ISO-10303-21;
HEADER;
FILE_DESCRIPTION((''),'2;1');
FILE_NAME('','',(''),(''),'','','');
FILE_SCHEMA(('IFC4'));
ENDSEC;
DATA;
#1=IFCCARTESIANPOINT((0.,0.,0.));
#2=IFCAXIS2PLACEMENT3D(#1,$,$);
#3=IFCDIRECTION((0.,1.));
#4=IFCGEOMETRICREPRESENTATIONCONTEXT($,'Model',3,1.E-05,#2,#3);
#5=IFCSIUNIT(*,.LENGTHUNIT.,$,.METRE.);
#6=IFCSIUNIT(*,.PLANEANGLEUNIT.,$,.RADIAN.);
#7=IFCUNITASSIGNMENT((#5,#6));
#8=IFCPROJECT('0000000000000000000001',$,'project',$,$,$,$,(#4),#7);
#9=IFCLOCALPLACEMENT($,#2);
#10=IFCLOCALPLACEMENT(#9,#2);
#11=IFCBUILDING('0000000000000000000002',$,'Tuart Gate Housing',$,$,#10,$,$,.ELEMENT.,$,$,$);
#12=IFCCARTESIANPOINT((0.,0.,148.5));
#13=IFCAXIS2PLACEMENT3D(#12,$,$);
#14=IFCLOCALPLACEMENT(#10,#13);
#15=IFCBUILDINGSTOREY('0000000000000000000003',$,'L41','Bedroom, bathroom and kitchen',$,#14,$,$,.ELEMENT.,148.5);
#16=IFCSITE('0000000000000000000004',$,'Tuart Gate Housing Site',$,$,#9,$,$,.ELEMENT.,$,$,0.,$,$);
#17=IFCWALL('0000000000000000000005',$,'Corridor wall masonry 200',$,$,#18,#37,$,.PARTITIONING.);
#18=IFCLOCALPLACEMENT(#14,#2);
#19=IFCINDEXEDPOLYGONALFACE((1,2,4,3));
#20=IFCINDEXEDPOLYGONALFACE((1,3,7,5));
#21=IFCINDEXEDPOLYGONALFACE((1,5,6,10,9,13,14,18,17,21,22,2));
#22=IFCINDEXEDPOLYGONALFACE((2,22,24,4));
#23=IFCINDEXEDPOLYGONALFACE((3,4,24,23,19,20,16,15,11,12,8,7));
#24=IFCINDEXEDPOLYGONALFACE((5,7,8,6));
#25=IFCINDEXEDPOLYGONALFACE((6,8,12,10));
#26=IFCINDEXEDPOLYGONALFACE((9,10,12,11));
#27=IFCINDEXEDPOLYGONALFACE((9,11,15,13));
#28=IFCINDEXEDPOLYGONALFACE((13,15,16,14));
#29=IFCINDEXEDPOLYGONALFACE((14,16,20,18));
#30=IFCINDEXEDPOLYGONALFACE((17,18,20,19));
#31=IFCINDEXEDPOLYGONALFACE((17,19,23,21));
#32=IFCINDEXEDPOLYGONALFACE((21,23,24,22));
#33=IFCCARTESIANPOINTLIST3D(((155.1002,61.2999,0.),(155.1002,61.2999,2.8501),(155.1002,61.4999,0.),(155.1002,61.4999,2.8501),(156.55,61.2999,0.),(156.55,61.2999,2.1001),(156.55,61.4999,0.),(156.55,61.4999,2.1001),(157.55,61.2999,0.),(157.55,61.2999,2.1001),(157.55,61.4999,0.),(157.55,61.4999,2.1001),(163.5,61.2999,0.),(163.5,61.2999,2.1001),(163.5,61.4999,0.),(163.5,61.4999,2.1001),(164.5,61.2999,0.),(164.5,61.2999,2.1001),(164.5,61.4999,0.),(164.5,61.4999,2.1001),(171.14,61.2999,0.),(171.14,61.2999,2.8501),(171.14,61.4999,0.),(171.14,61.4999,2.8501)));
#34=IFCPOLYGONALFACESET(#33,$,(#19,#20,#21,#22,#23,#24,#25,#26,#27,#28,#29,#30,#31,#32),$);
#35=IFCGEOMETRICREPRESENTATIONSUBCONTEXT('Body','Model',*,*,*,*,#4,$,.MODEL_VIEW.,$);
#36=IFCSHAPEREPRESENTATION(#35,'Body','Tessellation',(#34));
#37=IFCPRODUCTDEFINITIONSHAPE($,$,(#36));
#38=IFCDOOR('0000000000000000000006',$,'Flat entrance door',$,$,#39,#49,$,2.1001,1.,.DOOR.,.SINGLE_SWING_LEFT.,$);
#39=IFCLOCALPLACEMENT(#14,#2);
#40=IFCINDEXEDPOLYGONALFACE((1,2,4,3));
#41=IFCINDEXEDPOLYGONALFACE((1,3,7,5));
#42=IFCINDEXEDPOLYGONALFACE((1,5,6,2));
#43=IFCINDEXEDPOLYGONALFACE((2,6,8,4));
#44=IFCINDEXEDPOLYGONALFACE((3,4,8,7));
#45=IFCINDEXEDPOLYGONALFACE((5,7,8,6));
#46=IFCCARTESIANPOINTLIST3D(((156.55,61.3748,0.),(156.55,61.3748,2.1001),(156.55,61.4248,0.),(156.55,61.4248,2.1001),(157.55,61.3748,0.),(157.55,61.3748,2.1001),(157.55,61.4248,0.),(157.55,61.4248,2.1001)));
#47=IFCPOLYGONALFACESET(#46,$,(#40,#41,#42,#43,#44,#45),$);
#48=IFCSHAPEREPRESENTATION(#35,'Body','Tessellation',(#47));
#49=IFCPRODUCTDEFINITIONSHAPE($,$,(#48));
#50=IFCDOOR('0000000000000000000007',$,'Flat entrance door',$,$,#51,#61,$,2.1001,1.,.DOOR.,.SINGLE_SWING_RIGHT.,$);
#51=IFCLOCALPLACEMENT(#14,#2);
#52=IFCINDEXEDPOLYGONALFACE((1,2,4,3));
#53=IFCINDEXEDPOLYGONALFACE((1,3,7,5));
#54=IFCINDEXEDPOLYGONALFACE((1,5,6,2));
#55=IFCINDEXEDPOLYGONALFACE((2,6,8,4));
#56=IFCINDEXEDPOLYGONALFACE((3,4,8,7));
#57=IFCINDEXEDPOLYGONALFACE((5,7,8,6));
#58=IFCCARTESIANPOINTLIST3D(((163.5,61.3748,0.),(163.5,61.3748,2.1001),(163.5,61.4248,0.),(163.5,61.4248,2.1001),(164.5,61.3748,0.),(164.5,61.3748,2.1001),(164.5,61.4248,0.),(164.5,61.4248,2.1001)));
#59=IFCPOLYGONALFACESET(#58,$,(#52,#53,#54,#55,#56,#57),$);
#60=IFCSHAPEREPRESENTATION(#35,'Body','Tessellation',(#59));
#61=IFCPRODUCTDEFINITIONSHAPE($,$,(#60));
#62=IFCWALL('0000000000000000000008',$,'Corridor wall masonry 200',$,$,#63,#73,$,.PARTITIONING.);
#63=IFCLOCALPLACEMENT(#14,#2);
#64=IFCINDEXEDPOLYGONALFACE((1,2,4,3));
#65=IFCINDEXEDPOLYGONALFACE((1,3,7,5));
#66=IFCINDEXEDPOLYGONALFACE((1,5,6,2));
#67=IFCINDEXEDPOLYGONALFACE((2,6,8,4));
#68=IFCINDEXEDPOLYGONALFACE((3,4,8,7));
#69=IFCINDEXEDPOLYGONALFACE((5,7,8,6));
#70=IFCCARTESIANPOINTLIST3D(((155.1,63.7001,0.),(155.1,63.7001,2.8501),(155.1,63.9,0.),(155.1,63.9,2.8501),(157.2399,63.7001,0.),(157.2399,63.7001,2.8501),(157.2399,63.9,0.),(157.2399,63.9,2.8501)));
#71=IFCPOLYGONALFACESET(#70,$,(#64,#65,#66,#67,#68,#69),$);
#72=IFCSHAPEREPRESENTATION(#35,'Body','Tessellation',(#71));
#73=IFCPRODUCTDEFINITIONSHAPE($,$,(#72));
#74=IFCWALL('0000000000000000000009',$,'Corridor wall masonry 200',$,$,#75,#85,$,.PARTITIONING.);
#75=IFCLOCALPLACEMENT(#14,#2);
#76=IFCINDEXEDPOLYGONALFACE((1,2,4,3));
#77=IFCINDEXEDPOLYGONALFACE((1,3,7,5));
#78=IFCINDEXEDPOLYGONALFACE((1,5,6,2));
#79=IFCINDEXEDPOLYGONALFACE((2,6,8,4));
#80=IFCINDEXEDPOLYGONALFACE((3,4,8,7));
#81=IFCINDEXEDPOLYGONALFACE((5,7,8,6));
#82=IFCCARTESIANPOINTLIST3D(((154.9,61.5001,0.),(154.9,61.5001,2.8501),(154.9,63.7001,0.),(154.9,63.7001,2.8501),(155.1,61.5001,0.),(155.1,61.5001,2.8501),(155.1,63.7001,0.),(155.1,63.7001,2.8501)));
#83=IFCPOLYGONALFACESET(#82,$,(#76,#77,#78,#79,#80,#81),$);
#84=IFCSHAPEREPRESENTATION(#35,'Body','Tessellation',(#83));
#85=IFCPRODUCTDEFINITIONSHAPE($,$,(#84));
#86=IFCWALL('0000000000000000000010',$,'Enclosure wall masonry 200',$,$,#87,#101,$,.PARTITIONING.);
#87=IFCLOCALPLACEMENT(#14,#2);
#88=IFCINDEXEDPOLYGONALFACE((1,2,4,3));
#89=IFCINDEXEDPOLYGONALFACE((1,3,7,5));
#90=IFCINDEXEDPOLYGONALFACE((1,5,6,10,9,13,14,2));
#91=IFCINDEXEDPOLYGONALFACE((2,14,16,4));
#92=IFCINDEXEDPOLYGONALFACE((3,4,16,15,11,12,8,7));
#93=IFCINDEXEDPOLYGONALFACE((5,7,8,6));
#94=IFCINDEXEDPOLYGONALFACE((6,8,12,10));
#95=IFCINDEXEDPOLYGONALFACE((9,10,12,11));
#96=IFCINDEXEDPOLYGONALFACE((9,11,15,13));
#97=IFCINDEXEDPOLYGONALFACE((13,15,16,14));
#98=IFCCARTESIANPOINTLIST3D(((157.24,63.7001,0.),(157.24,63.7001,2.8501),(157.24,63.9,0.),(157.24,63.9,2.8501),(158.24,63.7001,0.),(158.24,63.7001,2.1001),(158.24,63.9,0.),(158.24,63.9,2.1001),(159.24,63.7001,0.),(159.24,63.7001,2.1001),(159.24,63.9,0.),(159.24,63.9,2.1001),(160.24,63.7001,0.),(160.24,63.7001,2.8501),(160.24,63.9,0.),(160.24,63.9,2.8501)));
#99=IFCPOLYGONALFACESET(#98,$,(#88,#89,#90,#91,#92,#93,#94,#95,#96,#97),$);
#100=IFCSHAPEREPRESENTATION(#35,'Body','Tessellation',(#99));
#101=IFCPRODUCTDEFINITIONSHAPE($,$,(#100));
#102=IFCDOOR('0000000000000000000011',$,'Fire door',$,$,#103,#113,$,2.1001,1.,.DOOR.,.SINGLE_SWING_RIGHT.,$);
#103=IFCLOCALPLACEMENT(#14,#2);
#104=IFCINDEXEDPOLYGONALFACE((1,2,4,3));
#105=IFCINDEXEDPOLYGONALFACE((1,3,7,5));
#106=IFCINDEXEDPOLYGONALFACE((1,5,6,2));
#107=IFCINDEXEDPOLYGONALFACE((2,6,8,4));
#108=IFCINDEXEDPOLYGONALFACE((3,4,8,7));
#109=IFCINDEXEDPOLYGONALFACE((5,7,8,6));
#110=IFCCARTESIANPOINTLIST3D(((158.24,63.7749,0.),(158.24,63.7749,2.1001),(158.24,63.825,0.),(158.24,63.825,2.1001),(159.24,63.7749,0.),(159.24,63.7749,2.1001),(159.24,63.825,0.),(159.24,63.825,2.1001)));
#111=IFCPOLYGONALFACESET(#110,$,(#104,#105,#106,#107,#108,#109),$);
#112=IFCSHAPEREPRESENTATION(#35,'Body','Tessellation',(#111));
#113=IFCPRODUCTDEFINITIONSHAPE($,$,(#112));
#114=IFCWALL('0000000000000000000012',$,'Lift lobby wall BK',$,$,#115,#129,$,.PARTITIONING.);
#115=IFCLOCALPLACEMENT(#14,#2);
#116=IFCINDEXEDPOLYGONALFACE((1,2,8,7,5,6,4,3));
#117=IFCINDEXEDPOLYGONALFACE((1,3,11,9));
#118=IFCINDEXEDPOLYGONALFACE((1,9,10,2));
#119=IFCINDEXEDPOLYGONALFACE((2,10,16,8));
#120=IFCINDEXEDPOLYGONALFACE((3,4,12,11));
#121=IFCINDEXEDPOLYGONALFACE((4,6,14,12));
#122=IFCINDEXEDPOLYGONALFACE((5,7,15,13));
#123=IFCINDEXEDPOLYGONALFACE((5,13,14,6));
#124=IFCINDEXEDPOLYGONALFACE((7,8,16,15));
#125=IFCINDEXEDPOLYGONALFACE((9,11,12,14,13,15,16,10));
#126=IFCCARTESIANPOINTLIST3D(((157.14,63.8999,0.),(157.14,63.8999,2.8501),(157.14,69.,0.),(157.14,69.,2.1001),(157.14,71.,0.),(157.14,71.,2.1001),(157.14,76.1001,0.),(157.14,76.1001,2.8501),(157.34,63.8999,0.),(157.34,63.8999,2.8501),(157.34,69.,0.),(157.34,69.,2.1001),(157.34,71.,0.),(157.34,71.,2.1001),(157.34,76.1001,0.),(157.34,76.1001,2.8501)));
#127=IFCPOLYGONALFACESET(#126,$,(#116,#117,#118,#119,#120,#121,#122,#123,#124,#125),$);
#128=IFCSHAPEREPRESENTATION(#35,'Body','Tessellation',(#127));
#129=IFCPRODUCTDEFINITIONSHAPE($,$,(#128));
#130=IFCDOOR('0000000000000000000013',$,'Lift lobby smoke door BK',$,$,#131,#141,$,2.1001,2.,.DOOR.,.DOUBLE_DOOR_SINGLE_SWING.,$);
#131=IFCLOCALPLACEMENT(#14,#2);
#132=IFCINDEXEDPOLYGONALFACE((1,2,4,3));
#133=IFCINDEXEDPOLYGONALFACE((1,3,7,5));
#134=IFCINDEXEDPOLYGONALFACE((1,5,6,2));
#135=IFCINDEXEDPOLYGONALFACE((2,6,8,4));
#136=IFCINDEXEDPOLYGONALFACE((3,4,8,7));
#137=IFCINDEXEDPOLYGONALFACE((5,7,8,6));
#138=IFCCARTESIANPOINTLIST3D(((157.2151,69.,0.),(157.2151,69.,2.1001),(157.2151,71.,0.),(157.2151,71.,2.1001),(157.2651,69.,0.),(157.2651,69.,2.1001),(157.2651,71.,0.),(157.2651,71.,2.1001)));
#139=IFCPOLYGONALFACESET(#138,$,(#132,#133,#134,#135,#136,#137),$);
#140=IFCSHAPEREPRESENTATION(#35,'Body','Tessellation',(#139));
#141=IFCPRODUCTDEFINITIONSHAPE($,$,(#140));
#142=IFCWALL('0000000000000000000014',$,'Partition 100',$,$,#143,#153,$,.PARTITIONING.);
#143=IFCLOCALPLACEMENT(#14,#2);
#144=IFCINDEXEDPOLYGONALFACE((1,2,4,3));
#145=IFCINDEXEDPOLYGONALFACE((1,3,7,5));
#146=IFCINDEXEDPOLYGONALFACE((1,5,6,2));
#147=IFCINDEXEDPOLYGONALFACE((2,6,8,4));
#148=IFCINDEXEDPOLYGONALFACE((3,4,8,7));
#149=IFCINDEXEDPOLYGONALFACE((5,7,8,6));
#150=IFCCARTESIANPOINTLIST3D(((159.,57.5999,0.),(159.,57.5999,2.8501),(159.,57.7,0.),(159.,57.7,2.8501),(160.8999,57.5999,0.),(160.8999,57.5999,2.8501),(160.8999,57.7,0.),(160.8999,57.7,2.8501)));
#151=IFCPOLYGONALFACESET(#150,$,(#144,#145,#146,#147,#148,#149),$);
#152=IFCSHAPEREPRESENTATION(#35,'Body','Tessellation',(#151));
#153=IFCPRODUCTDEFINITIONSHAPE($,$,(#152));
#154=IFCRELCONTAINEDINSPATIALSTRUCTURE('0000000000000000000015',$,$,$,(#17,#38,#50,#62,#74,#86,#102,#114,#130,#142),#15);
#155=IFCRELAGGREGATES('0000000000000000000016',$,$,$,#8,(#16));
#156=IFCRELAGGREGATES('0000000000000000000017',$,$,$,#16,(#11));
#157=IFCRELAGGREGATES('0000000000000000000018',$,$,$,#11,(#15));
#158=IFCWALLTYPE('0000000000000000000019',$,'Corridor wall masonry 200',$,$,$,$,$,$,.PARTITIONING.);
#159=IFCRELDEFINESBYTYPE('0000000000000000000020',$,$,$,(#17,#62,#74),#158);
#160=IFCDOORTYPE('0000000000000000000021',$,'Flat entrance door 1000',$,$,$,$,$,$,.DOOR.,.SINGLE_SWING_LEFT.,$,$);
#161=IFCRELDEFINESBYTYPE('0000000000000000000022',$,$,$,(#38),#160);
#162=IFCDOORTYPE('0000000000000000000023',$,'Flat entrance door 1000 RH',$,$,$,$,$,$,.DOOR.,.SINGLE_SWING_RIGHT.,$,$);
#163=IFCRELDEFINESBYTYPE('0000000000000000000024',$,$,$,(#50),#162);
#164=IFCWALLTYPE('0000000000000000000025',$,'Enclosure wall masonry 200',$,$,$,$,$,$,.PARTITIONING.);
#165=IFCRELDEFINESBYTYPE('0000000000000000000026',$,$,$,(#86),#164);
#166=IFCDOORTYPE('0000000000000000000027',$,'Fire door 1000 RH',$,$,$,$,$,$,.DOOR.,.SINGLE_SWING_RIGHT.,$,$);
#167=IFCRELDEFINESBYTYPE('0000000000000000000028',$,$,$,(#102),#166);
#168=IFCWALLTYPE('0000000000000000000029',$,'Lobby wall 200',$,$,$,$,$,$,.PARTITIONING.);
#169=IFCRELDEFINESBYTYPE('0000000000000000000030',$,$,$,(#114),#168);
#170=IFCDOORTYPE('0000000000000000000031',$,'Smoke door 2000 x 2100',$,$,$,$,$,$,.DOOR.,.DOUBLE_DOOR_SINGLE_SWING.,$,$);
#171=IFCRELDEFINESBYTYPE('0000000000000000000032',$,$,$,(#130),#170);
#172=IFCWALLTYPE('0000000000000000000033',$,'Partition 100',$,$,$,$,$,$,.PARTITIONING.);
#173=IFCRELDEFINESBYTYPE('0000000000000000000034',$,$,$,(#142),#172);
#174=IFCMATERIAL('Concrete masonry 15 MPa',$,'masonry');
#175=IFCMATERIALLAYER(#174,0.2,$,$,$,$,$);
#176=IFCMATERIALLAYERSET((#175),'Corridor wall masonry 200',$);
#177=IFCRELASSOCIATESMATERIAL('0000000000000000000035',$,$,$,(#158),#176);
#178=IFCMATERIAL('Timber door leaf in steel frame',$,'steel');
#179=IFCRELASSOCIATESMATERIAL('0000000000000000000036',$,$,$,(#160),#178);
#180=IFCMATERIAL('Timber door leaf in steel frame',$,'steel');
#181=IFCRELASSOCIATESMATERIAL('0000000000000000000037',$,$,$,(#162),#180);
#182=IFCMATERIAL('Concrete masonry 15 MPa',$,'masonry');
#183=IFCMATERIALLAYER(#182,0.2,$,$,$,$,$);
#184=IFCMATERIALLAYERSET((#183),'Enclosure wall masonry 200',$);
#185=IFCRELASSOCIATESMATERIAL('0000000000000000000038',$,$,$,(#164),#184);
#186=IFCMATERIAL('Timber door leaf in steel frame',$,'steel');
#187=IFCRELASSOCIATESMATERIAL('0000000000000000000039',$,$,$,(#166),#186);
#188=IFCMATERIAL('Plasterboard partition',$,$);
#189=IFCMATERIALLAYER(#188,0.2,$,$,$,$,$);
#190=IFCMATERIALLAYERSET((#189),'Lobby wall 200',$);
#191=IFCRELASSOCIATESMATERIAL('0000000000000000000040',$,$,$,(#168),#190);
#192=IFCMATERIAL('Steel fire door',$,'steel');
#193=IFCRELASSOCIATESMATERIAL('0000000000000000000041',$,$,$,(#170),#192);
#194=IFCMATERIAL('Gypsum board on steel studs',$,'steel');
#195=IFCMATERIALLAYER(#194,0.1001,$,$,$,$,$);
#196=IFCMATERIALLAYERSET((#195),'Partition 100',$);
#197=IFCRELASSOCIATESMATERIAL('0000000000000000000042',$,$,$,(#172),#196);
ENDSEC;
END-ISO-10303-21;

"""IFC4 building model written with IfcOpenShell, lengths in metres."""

from ifc_helpers import new_model, si_unit, direction, frame, frame_2d, origin, place, context, subcontext, project, spatial, rectangle, extrude, material, layer, layer_set, type_object, element, fill, save


model = new_model("IFC4")

# Units and contexts
model_context = context("Model", 3, precision=1e-05, world=origin(), true_north=direction((0.0, 1.0)))
body_context = subcontext(model_context, "Body", "Model", "MODEL_VIEW")
ifc_project = project(units=[si_unit("LENGTHUNIT", "METRE"), si_unit("PLANEANGLEUNIT", "RADIAN")], contexts=[model_context])

# Site, building, storey
site_placement = place(None, origin())
site = spatial("IfcSite", under=ifc_project, at=site_placement, Name="Tuart Gate Housing Site", CompositionType="ELEMENT", RefElevation=0.0)
building_placement = place(site_placement, origin())
building = spatial("IfcBuilding", under=site, at=building_placement, Name="Tuart Gate Housing", CompositionType="ELEMENT")
storey_placement = place(building_placement, frame((0.0, 0.0, 148.5)))
storey = spatial("IfcBuildingStorey", under=building, at=storey_placement, Name="L41", Description="Bedroom, bathroom and kitchen", CompositionType="ELEMENT", Elevation=148.5)

# Wall, openings, doors
ifc_material_1 = material(Name="Concrete masonry 15 MPa", Category="masonry")
ifc_layer_1 = layer(ifc_material_1, 0.2)
ifc_layer_set_1 = layer_set([ifc_layer_1], Name="Corridor wall masonry 200")
wall_type_1 = type_object("IfcWallType", Name="Corridor wall masonry 200", PredefinedType="PARTITIONING", material=ifc_layer_set_1)
wall_1_placement = place(storey_placement, frame((155.1001, 61.3999, 0.0), z_axis=(0.0, 0.0, 1.0), x_axis=(1.0, 0.0, 0.0)))
wall_1 = element("IfcWall", 1, at=wall_1_placement, inside=storey, type_object=wall_type_1, Name="Corridor wall masonry 200", PredefinedType="PARTITIONING", context=body_context, shape_type="SweptSolid", body=[
    extrude(rectangle(XDim=16.0398, YDim=0.2, at=frame_2d((8.02, 0.0))), origin(), (0.0, 0.0, 1.0), 2.8501),
])
opening_1_placement = place(wall_1_placement, frame((1.45, 0.0, 0.0)))
opening_1 = element("IfcOpeningElement", 2, at=opening_1_placement, cuts=wall_1, PredefinedType="OPENING", context=body_context, shape_type="SweptSolid", body=[
    extrude(rectangle(XDim=1.0, YDim=2.1001, at=frame_2d((0.5, 1.05))), frame((0.0, 0.1099, 0.0), z_axis=(0.0, -1.0, 0.0), x_axis=(1.0, 0.0, 0.0)), (0.0, 0.0, 1.0), 0.22),
])
opening_2_placement = place(wall_1_placement, frame((8.3999, 0.0, 0.0)))
opening_2 = element("IfcOpeningElement", 3, at=opening_2_placement, cuts=wall_1, PredefinedType="OPENING", context=body_context, shape_type="SweptSolid", body=[
    extrude(rectangle(XDim=1.0, YDim=2.1001, at=frame_2d((0.5, 1.05))), frame((0.0, 0.1099, 0.0), z_axis=(0.0, -1.0, 0.0), x_axis=(1.0, 0.0, 0.0)), (0.0, 0.0, 1.0), 0.22),
])
ifc_material_2 = material(Name="Timber door leaf in steel frame", Category="steel")
door_type_1 = type_object("IfcDoorType", Name="Flat entrance door 1000", OperationType="SINGLE_SWING_LEFT", PredefinedType="DOOR", material=ifc_material_2)
door_1_placement = place(opening_1_placement, frame((1.0, 0.0, 0.0), z_axis=(0.0, 0.0, 1.0), x_axis=(-1.0, 0.0, 0.0)))
door_1 = element("IfcDoor", 4, at=door_1_placement, inside=storey, type_object=door_type_1, Name="Flat entrance door", OperationType="SINGLE_SWING_LEFT", OverallHeight=2.1001, OverallWidth=1.0, PredefinedType="DOOR", context=body_context, shape_type="SweptSolid", body=[
    extrude(rectangle(XDim=1.0, YDim=2.1001, at=frame_2d((0.5, 1.05))), frame((0.0, 0.0251, 0.0), z_axis=(0.0, -1.0, 0.0), x_axis=(1.0, 0.0, 0.0)), (0.0, 0.0, 1.0), 0.05),
])
fill(opening_1, door_1)
ifc_material_3 = material(Name="Timber door leaf in steel frame", Category="steel")
door_type_2 = type_object("IfcDoorType", Name="Flat entrance door 1000 RH", OperationType="SINGLE_SWING_RIGHT", PredefinedType="DOOR", material=ifc_material_3)
door_2_placement = place(opening_2_placement, frame((1.0, 0.0, 0.0), z_axis=(0.0, 0.0, 1.0), x_axis=(-1.0, 0.0, 0.0)))
door_2 = element("IfcDoor", 5, at=door_2_placement, inside=storey, type_object=door_type_2, Name="Flat entrance door", OperationType="SINGLE_SWING_RIGHT", OverallHeight=2.1001, OverallWidth=1.0, PredefinedType="DOOR", context=body_context, shape_type="SweptSolid", body=[
    extrude(rectangle(XDim=1.0, YDim=2.1001, at=frame_2d((0.5, 1.05))), frame((0.0, 0.0251, 0.0), z_axis=(0.0, -1.0, 0.0), x_axis=(1.0, 0.0, 0.0)), (0.0, 0.0, 1.0), 0.05),
])
fill(opening_2, door_2)

# Walls
wall_2_placement = place(storey_placement, frame((155.1001, 63.8, 0.0), z_axis=(0.0, 0.0, 1.0), x_axis=(1.0, 0.0, 0.0)))
element("IfcWall", 6, at=wall_2_placement, inside=storey, type_object=wall_type_1, Name="Corridor wall masonry 200", PredefinedType="PARTITIONING", context=body_context, shape_type="SweptSolid", body=[
    extrude(rectangle(XDim=2.1399, YDim=0.2, at=frame_2d((1.0698, 0.0))), origin(), (0.0, 0.0, 1.0), 2.8501),
])
wall_3_placement = place(storey_placement, frame((155.0, 61.5, 0.0), z_axis=(0.0, 0.0, 1.0), x_axis=(0.0, 1.0, 0.0)))
element("IfcWall", 7, at=wall_3_placement, inside=storey, type_object=wall_type_1, Name="Corridor wall masonry 200", PredefinedType="PARTITIONING", context=body_context, shape_type="SweptSolid", body=[
    extrude(rectangle(XDim=2.2, YDim=0.2, at=frame_2d((1.1001, 0.0))), origin(), (0.0, 0.0, 1.0), 2.8501),
])

# Walls, openings, doors
ifc_material_4 = material(Name="Concrete masonry 15 MPa", Category="masonry")
ifc_layer_2 = layer(ifc_material_4, 0.2)
ifc_layer_set_2 = layer_set([ifc_layer_2], Name="Enclosure wall masonry 200")
wall_type_2 = type_object("IfcWallType", Name="Enclosure wall masonry 200", PredefinedType="PARTITIONING", material=ifc_layer_set_2)
wall_4_placement = place(storey_placement, frame((157.24, 63.8, 0.0), z_axis=(0.0, 0.0, 1.0), x_axis=(1.0, 0.0, 0.0)))
wall_4 = element("IfcWall", 8, at=wall_4_placement, inside=storey, type_object=wall_type_2, Name="Enclosure wall masonry 200", PredefinedType="PARTITIONING", context=body_context, shape_type="SweptSolid", body=[
    extrude(rectangle(XDim=3.0, YDim=0.2, at=frame_2d((1.5, 0.0))), origin(), (0.0, 0.0, 1.0), 2.8501),
])
opening_3_placement = place(wall_4_placement, frame((1.0, 0.0, 0.0)))
opening_3 = element("IfcOpeningElement", 9, at=opening_3_placement, cuts=wall_4, PredefinedType="OPENING", context=body_context, shape_type="SweptSolid", body=[
    extrude(rectangle(XDim=1.0, YDim=2.1001, at=frame_2d((0.5, 1.05))), frame((0.0, 0.1099, 0.0), z_axis=(0.0, -1.0, 0.0), x_axis=(1.0, 0.0, 0.0)), (0.0, 0.0, 1.0), 0.22),
])
ifc_material_5 = material(Name="Timber door leaf in steel frame", Category="steel")
door_type_3 = type_object("IfcDoorType", Name="Fire door 1000 RH", OperationType="SINGLE_SWING_RIGHT", PredefinedType="DOOR", material=ifc_material_5)
door_3_placement = place(opening_3_placement, frame((1.0, 0.0, 0.0), z_axis=(0.0, 0.0, 1.0), x_axis=(-1.0, 0.0, 0.0)))
door_3 = element("IfcDoor", 10, at=door_3_placement, inside=storey, type_object=door_type_3, Name="Fire door", OperationType="SINGLE_SWING_RIGHT", OverallHeight=2.1001, OverallWidth=1.0, PredefinedType="DOOR", context=body_context, shape_type="SweptSolid", body=[
    extrude(rectangle(XDim=1.0, YDim=2.1001, at=frame_2d((0.5, 1.05))), frame((0.0, 0.0251, 0.0), z_axis=(0.0, -1.0, 0.0), x_axis=(1.0, 0.0, 0.0)), (0.0, 0.0, 1.0), 0.05),
])
fill(opening_3, door_3)
ifc_material_6 = material(Name="Plasterboard partition")
ifc_layer_3 = layer(ifc_material_6, 0.2)
ifc_layer_set_3 = layer_set([ifc_layer_3], Name="Lobby wall 200")
wall_type_3 = type_object("IfcWallType", Name="Lobby wall 200", PredefinedType="PARTITIONING", material=ifc_layer_set_3)
wall_5_placement = place(storey_placement, frame((157.24, 63.8999, 0.0), z_axis=(0.0, 0.0, 1.0), x_axis=(0.0, 1.0, 0.0)))
wall_5 = element("IfcWall", 11, at=wall_5_placement, inside=storey, type_object=wall_type_3, Name="Lift lobby wall BK", PredefinedType="PARTITIONING", context=body_context, shape_type="SweptSolid", body=[
    extrude(rectangle(XDim=12.2002, YDim=0.2, at=frame_2d((6.1001, 0.0))), origin(), (0.0, 0.0, 1.0), 2.8501),
])
opening_4_placement = place(wall_5_placement, frame((5.1001, 0.0, 0.0)))
opening_4 = element("IfcOpeningElement", 12, at=opening_4_placement, cuts=wall_5, PredefinedType="OPENING", context=body_context, shape_type="SweptSolid", body=[
    extrude(rectangle(XDim=2.0, YDim=2.1001, at=frame_2d((1.0, 1.05))), frame((0.0, 0.1099, 0.0), z_axis=(0.0, -1.0, 0.0), x_axis=(1.0, 0.0, 0.0)), (0.0, 0.0, 1.0), 0.22),
])
ifc_material_7 = material(Name="Steel fire door", Category="steel")
door_type_4 = type_object("IfcDoorType", Name="Smoke door 2000 x 2100", OperationType="DOUBLE_DOOR_SINGLE_SWING", PredefinedType="DOOR", material=ifc_material_7)
door_4_placement = place(opening_4_placement, frame((2.0, 0.0, 0.0), z_axis=(0.0, 0.0, 1.0), x_axis=(-1.0, 0.0, 0.0)))
door_4 = element("IfcDoor", 13, at=door_4_placement, inside=storey, type_object=door_type_4, Name="Lift lobby smoke door BK", OperationType="DOUBLE_DOOR_SINGLE_SWING", OverallHeight=2.1001, OverallWidth=2.0, PredefinedType="DOOR", context=body_context, shape_type="SweptSolid", body=[
    extrude(rectangle(XDim=2.0, YDim=2.1001, at=frame_2d((1.0, 1.05))), frame((0.0, 0.0251, 0.0), z_axis=(0.0, -1.0, 0.0), x_axis=(1.0, 0.0, 0.0)), (0.0, 0.0, 1.0), 0.05),
])
fill(opening_4, door_4)

# Wall
ifc_material_8 = material(Name="Gypsum board on steel studs", Category="steel")
ifc_layer_4 = layer(ifc_material_8, 0.1001)
ifc_layer_set_4 = layer_set([ifc_layer_4], Name="Partition 100")
wall_type_4 = type_object("IfcWallType", Name="Partition 100", PredefinedType="PARTITIONING", material=ifc_layer_set_4)
wall_6_placement = place(storey_placement, frame((159.0, 57.6499, 0.0), z_axis=(0.0, 0.0, 1.0), x_axis=(1.0, 0.0, 0.0)))
element("IfcWall", 14, at=wall_6_placement, inside=storey, type_object=wall_type_4, Name="Partition 100", PredefinedType="PARTITIONING", context=body_context, shape_type="SweptSolid", body=[
    extrude(rectangle(XDim=1.8999, YDim=0.1001, at=frame_2d((0.95, 0.0))), origin(), (0.0, 0.0, 1.0), 2.8501),
])

save(model, "model.ifc")
